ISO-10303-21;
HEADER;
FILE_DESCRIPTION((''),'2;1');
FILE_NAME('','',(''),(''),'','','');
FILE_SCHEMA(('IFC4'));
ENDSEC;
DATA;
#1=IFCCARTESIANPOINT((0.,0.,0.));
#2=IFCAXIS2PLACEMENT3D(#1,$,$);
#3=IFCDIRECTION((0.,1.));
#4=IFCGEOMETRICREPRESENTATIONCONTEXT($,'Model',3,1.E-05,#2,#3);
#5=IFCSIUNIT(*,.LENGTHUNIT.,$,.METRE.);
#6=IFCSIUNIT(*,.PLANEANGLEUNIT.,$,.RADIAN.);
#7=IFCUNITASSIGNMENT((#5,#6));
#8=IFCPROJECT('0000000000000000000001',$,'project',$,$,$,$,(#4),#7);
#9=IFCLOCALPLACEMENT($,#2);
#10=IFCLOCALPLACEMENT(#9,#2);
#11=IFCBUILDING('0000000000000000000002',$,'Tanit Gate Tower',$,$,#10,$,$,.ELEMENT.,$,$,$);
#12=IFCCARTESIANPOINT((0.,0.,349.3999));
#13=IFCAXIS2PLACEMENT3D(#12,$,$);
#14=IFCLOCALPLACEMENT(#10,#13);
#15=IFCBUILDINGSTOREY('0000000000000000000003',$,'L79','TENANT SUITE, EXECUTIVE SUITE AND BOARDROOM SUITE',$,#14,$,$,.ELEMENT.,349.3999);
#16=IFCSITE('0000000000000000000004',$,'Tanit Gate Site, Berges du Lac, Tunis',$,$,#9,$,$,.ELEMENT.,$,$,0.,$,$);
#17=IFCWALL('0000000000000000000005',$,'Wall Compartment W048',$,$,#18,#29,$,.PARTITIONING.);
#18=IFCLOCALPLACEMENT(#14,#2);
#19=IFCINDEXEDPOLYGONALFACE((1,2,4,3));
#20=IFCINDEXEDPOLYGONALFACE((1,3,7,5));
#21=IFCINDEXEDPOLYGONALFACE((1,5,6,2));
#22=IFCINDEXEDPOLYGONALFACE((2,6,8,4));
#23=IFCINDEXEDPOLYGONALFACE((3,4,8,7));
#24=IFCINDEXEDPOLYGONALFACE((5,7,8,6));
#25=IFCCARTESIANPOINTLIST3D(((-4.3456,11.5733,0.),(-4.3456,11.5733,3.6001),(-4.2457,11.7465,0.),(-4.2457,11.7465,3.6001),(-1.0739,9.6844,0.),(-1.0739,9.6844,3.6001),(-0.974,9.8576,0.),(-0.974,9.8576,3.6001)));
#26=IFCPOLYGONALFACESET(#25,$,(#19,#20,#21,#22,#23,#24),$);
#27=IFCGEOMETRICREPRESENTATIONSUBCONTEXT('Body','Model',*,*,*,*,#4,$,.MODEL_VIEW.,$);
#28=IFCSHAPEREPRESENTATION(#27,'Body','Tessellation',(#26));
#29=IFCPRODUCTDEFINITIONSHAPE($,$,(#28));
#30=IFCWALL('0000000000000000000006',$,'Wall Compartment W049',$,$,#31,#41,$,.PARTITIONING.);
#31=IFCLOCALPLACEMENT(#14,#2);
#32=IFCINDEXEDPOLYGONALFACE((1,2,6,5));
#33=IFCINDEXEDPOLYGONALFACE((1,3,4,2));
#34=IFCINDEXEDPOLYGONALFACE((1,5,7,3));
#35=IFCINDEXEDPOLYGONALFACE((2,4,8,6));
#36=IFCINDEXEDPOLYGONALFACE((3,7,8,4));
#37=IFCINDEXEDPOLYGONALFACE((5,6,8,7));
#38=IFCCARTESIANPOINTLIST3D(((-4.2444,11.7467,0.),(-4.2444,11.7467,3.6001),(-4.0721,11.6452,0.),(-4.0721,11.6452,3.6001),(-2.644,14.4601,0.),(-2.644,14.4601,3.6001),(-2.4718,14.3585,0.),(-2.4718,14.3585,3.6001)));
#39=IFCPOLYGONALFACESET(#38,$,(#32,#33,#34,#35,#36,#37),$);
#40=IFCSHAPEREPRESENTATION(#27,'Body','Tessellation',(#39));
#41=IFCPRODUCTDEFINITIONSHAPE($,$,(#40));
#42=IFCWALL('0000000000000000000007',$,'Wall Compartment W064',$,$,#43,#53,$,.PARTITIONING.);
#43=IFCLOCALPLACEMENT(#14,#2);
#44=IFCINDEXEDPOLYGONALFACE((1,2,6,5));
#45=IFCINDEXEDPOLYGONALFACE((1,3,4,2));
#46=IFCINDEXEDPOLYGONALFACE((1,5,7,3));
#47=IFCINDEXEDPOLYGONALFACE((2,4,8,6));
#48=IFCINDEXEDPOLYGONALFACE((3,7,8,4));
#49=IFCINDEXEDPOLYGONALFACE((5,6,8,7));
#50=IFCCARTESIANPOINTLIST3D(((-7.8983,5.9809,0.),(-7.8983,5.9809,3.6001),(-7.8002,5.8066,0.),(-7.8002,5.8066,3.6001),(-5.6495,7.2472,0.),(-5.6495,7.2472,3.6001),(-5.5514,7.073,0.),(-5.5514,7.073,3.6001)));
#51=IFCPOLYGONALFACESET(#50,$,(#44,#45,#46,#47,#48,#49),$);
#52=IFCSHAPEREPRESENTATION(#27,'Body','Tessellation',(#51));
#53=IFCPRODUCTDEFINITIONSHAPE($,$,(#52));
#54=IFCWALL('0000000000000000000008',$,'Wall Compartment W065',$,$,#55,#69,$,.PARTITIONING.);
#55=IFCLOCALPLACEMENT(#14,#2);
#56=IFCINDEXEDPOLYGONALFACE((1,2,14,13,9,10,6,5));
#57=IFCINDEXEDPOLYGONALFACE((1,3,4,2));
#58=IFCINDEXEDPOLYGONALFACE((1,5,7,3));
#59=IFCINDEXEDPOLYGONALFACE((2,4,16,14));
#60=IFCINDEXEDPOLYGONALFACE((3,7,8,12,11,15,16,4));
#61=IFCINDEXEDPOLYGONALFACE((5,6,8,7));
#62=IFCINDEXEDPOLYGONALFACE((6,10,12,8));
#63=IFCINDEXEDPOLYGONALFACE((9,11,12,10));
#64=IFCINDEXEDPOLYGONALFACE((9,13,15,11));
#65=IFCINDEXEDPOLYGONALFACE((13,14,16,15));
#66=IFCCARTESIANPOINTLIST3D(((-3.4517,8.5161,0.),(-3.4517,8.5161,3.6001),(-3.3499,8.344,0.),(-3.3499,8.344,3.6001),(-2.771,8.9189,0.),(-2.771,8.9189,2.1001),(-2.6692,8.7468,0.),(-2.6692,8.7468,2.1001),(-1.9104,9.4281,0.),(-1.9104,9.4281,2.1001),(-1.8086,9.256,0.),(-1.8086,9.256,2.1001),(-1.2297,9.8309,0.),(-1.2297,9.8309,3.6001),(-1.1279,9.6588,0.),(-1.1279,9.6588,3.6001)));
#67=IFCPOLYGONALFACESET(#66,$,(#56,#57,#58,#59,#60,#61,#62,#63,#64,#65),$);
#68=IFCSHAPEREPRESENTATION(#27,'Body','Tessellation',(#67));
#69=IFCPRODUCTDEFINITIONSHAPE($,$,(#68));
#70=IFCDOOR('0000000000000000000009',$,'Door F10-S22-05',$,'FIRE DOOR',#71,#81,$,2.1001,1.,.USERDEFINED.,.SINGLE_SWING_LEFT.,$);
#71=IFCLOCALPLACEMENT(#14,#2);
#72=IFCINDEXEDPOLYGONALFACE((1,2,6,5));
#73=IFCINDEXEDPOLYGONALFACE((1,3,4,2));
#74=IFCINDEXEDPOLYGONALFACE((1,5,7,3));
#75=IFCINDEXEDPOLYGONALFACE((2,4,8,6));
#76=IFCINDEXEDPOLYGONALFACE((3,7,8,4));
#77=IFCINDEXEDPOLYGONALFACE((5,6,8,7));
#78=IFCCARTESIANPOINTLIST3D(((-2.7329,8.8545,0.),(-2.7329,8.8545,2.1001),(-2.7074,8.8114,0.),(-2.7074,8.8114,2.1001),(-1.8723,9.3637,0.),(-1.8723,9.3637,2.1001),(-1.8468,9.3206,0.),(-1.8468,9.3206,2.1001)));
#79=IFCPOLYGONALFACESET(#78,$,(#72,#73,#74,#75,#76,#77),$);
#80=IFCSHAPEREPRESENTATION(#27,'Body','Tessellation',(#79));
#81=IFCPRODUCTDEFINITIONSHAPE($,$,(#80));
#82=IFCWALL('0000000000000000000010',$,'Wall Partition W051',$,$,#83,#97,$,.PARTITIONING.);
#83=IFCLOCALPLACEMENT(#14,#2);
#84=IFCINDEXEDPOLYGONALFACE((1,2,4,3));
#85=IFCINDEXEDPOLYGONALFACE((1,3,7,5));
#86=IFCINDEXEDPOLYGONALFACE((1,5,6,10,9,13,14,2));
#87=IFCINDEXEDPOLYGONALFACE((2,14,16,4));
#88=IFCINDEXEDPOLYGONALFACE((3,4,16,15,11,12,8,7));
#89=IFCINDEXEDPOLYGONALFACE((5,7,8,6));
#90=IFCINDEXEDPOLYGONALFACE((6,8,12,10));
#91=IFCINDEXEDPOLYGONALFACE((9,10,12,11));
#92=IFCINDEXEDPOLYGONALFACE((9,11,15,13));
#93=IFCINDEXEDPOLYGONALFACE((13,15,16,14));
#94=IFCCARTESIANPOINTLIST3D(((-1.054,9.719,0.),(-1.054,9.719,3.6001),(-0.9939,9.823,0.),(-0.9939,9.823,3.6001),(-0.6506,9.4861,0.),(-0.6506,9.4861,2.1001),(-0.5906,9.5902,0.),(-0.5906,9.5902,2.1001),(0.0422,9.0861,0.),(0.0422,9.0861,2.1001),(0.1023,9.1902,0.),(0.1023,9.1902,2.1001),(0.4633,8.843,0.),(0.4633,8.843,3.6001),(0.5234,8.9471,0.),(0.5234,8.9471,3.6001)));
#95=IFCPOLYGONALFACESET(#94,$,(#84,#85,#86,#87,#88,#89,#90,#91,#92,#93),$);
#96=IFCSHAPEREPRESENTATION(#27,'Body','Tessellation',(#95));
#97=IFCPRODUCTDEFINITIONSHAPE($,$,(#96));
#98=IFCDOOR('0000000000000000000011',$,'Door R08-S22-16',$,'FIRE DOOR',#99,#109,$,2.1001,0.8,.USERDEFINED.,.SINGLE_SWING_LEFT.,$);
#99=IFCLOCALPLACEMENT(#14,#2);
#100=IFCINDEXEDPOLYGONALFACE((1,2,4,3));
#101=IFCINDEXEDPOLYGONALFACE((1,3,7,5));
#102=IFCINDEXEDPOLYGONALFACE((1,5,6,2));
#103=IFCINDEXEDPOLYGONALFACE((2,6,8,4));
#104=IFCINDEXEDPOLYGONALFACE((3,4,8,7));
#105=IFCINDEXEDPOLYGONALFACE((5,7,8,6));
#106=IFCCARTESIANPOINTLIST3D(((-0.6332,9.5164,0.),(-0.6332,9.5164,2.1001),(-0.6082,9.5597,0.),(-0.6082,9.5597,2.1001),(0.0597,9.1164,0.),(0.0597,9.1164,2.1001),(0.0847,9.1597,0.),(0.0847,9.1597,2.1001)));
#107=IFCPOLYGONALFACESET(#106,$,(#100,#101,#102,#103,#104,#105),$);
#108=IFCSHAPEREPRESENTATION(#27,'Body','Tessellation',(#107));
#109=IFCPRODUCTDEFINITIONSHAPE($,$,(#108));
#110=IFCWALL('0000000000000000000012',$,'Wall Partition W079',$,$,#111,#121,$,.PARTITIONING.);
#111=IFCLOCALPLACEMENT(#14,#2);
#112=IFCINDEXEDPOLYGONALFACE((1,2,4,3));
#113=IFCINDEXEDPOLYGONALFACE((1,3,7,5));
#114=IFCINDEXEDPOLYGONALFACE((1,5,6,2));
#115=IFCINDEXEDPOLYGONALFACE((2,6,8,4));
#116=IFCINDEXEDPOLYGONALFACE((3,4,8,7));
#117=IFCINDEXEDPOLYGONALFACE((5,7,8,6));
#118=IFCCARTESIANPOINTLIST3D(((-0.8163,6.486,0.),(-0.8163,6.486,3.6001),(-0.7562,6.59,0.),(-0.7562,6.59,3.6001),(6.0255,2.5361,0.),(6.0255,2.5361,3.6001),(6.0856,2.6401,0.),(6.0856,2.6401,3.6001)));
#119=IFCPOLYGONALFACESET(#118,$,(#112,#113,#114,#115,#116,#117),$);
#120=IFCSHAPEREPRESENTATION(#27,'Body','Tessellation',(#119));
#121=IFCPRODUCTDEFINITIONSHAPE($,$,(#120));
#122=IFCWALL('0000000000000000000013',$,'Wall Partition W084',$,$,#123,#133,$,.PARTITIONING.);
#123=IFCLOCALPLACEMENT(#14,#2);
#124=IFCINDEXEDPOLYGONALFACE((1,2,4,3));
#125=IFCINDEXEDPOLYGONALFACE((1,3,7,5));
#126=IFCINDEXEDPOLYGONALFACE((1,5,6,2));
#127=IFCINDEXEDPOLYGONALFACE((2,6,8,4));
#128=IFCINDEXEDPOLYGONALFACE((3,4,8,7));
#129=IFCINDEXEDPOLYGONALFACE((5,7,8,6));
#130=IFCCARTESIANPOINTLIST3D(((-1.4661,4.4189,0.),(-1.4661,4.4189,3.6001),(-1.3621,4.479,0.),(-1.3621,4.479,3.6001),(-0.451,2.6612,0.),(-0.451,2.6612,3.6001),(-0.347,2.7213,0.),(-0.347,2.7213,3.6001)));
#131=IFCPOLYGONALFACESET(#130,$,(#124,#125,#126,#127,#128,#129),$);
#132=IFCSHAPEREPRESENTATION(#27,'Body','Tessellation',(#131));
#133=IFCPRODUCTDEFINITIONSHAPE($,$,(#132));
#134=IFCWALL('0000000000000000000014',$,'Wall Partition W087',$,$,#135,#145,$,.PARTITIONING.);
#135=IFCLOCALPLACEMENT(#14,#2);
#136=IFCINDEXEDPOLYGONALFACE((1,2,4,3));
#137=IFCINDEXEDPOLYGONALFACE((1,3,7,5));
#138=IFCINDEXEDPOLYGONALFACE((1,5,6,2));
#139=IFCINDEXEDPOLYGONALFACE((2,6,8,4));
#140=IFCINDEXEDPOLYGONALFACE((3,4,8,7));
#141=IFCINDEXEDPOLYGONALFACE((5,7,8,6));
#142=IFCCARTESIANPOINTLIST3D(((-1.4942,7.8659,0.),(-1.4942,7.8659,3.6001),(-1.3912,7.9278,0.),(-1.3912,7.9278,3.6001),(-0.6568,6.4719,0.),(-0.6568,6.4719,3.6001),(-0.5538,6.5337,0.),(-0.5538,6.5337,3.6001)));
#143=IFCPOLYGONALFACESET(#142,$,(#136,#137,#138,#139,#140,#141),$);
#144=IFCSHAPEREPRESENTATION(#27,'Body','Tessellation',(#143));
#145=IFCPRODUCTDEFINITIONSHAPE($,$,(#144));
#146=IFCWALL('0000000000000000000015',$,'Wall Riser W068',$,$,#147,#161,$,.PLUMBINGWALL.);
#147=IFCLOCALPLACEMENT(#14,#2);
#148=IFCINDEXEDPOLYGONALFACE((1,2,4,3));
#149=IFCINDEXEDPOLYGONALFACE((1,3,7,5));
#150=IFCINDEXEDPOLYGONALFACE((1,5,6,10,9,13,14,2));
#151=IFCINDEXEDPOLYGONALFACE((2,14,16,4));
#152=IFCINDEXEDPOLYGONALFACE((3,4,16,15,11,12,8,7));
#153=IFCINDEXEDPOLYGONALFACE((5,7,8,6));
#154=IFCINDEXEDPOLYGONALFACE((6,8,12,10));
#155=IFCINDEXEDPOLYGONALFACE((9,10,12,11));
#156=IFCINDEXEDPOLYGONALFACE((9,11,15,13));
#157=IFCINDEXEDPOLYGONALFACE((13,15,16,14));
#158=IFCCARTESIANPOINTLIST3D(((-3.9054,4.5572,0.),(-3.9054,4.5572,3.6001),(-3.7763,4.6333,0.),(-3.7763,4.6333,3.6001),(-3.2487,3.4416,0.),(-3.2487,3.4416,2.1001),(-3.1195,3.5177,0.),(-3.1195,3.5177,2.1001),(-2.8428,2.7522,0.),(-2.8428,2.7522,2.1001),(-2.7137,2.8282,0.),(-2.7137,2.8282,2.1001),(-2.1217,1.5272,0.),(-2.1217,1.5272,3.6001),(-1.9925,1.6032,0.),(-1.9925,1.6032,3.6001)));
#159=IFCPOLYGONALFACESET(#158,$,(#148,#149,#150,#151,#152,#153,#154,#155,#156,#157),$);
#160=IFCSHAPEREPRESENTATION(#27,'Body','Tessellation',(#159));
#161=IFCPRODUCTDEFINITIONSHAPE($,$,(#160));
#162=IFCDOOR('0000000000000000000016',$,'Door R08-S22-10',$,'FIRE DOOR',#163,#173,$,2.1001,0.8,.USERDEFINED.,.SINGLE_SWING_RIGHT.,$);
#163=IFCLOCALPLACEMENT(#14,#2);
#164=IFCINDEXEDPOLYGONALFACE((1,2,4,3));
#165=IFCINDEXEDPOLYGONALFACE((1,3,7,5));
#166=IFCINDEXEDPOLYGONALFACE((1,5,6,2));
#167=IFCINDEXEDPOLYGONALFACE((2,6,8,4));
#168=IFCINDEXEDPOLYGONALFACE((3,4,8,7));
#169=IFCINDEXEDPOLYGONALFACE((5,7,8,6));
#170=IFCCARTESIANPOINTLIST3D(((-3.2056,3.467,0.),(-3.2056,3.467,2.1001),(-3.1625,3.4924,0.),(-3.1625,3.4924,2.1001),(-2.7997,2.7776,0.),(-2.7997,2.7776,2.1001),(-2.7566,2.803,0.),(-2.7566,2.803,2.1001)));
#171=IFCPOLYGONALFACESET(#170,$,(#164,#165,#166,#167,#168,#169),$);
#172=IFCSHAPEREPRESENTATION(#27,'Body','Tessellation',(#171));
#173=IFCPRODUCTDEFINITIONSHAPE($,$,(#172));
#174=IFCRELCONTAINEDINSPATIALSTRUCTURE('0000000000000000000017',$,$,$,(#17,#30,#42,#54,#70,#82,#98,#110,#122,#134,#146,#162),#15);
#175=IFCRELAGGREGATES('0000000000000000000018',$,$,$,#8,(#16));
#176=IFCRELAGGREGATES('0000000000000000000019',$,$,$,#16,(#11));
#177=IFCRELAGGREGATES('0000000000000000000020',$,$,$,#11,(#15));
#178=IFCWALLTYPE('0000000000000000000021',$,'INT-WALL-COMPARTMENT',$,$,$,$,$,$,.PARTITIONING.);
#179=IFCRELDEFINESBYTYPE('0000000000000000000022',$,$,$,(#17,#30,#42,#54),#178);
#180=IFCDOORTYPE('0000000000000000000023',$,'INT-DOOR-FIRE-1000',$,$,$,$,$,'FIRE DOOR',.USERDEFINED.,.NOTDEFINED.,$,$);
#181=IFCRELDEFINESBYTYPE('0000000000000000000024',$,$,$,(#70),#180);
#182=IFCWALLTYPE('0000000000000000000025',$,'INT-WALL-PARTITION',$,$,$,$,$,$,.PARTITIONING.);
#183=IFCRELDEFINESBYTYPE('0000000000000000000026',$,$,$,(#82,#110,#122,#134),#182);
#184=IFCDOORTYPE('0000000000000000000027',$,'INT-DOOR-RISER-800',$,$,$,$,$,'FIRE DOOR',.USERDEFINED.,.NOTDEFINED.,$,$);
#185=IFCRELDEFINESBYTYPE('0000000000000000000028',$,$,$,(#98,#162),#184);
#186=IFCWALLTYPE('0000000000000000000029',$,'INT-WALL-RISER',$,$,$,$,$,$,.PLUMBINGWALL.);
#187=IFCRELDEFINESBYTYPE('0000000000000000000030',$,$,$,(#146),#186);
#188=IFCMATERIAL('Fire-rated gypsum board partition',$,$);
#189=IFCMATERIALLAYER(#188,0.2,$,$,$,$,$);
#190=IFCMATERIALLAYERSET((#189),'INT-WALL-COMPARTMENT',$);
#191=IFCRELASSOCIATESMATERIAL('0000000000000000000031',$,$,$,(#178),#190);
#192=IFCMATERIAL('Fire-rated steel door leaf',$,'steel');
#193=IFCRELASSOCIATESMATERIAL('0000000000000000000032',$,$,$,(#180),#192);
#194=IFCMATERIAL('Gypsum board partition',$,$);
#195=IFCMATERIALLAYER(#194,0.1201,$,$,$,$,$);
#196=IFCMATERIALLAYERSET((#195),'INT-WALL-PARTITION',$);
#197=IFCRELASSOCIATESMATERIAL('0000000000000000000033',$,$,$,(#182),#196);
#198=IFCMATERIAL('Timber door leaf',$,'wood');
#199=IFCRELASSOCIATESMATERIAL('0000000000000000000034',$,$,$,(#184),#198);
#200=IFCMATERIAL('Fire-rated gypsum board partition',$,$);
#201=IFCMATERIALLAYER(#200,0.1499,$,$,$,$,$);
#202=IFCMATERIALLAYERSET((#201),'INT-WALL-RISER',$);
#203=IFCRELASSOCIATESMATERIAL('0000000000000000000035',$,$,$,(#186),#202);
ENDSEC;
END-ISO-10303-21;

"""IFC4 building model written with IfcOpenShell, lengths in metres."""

from ifc_helpers import new_model, si_unit, direction, frame, frame_2d, origin, place, context, subcontext, project, spatial, rectangle, extrude, material, layer, layer_set, type_object, element, fill, save


model = new_model("IFC4")

# Units and contexts
model_context = context("Model", 3, precision=1e-05, world=origin(), true_north=direction((0.0, 1.0)))
body_context = subcontext(model_context, "Body", "Model", "MODEL_VIEW")
ifc_project = project(units=[si_unit("LENGTHUNIT", "METRE"), si_unit("PLANEANGLEUNIT", "RADIAN")], contexts=[model_context])

# Site, building, storey
site_placement = place(None, origin())
site = spatial("IfcSite", under=ifc_project, at=site_placement, Name="Tanit Gate Site, Berges du Lac, Tunis", CompositionType="ELEMENT", RefElevation=0.0)
building_placement = place(site_placement, origin())
building = spatial("IfcBuilding", under=site, at=building_placement, Name="Tanit Gate Tower", CompositionType="ELEMENT")
storey_placement = place(building_placement, frame((0.0, 0.0, 349.3999)))
storey = spatial("IfcBuildingStorey", under=building, at=storey_placement, Name="L79", Description="TENANT SUITE, EXECUTIVE SUITE AND BOARDROOM SUITE", CompositionType="ELEMENT", Elevation=349.3999)

# Walls
ifc_material_1 = material(Name="Fire-rated gypsum board partition")
ifc_layer_1 = layer(ifc_material_1, 0.2)
ifc_layer_set_1 = layer_set([ifc_layer_1], Name="INT-WALL-COMPARTMENT")
wall_type_1 = type_object("IfcWallType", Name="INT-WALL-COMPARTMENT", PredefinedType="PARTITIONING", material=ifc_layer_set_1)
wall_1_placement = place(storey_placement, frame((-4.2957, 11.6599, 0.0), z_axis=(0.0, 0.0, 1.0), x_axis=(0.866027, -0.499997, 0.0)))
element("IfcWall", 1, at=wall_1_placement, inside=storey, type_object=wall_type_1, Name="Wall Compartment W048", PredefinedType="PARTITIONING", context=body_context, shape_type="SweptSolid", body=[
    extrude(rectangle(XDim=3.7778, YDim=0.2, at=frame_2d((1.8889, 0.0))), origin(), (0.0, 0.0, 1.0), 3.6001),
])
wall_2_placement = place(storey_placement, frame((-2.5579, 14.4094, 0.0), z_axis=(0.0, 0.0, 1.0), x_axis=(-0.508019, -0.861346, 0.0)))
element("IfcWall", 2, at=wall_2_placement, inside=storey, type_object=wall_type_1, Name="Wall Compartment W049", PredefinedType="PARTITIONING", context=body_context, shape_type="SweptSolid", body=[
    extrude(rectangle(XDim=3.1501, YDim=0.2, at=frame_2d((1.5752, 0.0))), origin(), (0.0, 0.0, 1.0), 3.6001),
])
wall_3_placement = place(storey_placement, frame((-5.6003, 7.1602, 0.0), z_axis=(0.0, 0.0, 1.0), x_axis=(-0.87134, -0.490679, 0.0)))
element("IfcWall", 3, at=wall_3_placement, inside=storey, type_object=wall_type_1, Name="Wall Compartment W064", PredefinedType="PARTITIONING", context=body_context, shape_type="SweptSolid", body=[
    extrude(rectangle(XDim=2.5808, YDim=0.2, at=frame_2d((1.2905, 0.0))), origin(), (0.0, 0.0, 1.0), 3.6001),
])

# Walls, openings, doors
wall_4_placement = place(storey_placement, frame((-1.1787, 9.7449, 0.0), z_axis=(0.0, 0.0, 1.0), x_axis=(-0.860631, -0.509229, 0.0)))
wall_4 = element("IfcWall", 4, at=wall_4_placement, inside=storey, type_object=wall_type_1, Name="Wall Compartment W065", PredefinedType="PARTITIONING", context=body_context, shape_type="SweptSolid", body=[
    extrude(rectangle(XDim=2.5818, YDim=0.2, at=frame_2d((1.291, 0.0))), origin(), (0.0, 0.0, 1.0), 3.6001),
])
opening_1_placement = place(wall_4_placement, frame((0.791, 0.0, 0.0)))
opening_1 = element("IfcOpeningElement", 5, at=opening_1_placement, cuts=wall_4, PredefinedType="OPENING", context=body_context, shape_type="SweptSolid", body=[
    extrude(rectangle(XDim=1.0, YDim=2.1001, at=frame_2d((0.5, 1.05))), frame((0.0, 0.1099, 0.0), z_axis=(0.0, -1.0, 0.0), x_axis=(1.0, 0.0, 0.0)), (0.0, 0.0, 1.0), 0.22),
])
ifc_material_2 = material(Name="Fire-rated steel door leaf", Category="steel")
door_type_1 = type_object("IfcDoorType", Name="INT-DOOR-FIRE-1000", ElementType="FIRE DOOR", OperationType="NOTDEFINED", PredefinedType="USERDEFINED", material=ifc_material_2)
door_1_placement = place(opening_1_placement, origin())
door_1 = element("IfcDoor", 6, at=door_1_placement, inside=storey, type_object=door_type_1, Name="Door F10-S22-05", ObjectType="FIRE DOOR", OperationType="SINGLE_SWING_LEFT", OverallHeight=2.1001, OverallWidth=1.0, PredefinedType="USERDEFINED", context=body_context, shape_type="SweptSolid", body=[
    extrude(rectangle(XDim=1.0, YDim=2.1001, at=frame_2d((0.5, 1.05))), frame((0.0, 0.0249, 0.0), z_axis=(0.0, -1.0, 0.0), x_axis=(1.0, 0.0, 0.0)), (0.0, 0.0, 1.0), 0.05),
])
fill(opening_1, door_1)
ifc_material_3 = material(Name="Gypsum board partition")
ifc_layer_2 = layer(ifc_material_3, 0.1201)
ifc_layer_set_2 = layer_set([ifc_layer_2], Name="INT-WALL-PARTITION")
wall_type_2 = type_object("IfcWallType", Name="INT-WALL-PARTITION", PredefinedType="PARTITIONING", material=ifc_layer_set_2)
wall_5_placement = place(storey_placement, frame((-1.0239, 9.771, 0.0), z_axis=(0.0, 0.0, 1.0), x_axis=(0.866039, -0.499976, 0.0)))
wall_5 = element("IfcWall", 7, at=wall_5_placement, inside=storey, type_object=wall_type_2, Name="Wall Partition W051", PredefinedType="PARTITIONING", context=body_context, shape_type="SweptSolid", body=[
    extrude(rectangle(XDim=1.752, YDim=0.1201, at=frame_2d((0.876, 0.0))), origin(), (0.0, 0.0, 1.0), 3.6001),
])
opening_2_placement = place(wall_5_placement, frame((0.4658, 0.0, 0.0)))
opening_2 = element("IfcOpeningElement", 8, at=opening_2_placement, cuts=wall_5, PredefinedType="OPENING", context=body_context, shape_type="SweptSolid", body=[
    extrude(rectangle(XDim=0.8, YDim=2.1001, at=frame_2d((0.3999, 1.05))), frame((0.0, 0.0701, 0.0), z_axis=(0.0, -1.0, 0.0), x_axis=(1.0, 0.0, 0.0)), (0.0, 0.0, 1.0), 0.1401),
])
ifc_material_4 = material(Name="Timber door leaf", Category="wood")
door_type_2 = type_object("IfcDoorType", Name="INT-DOOR-RISER-800", ElementType="FIRE DOOR", OperationType="NOTDEFINED", PredefinedType="USERDEFINED", material=ifc_material_4)
door_2_placement = place(opening_2_placement, origin())
door_2 = element("IfcDoor", 9, at=door_2_placement, inside=storey, type_object=door_type_2, Name="Door R08-S22-16", ObjectType="FIRE DOOR", OperationType="SINGLE_SWING_LEFT", OverallHeight=2.1001, OverallWidth=0.8, PredefinedType="USERDEFINED", context=body_context, shape_type="SweptSolid", body=[
    extrude(rectangle(XDim=0.8, YDim=2.1001, at=frame_2d((0.3999, 1.05))), frame((0.0, 0.0249, 0.0), z_axis=(0.0, -1.0, 0.0), x_axis=(1.0, 0.0, 0.0)), (0.0, 0.0, 1.0), 0.05),
])
fill(opening_2, door_2)

# Walls
wall_6_placement = place(storey_placement, frame((-0.7864, 6.5381, 0.0), z_axis=(0.0, 0.0, 1.0), x_axis=(0.866034, -0.499985, 0.0)))
element("IfcWall", 10, at=wall_6_placement, inside=storey, type_object=wall_type_2, Name="Wall Partition W079", PredefinedType="PARTITIONING", context=body_context, shape_type="SweptSolid", body=[
    extrude(rectangle(XDim=7.9001, YDim=0.1201, at=frame_2d((3.9502, 0.0))), origin(), (0.0, 0.0, 1.0), 3.6001),
])
wall_7_placement = place(storey_placement, frame((-1.4141, 4.449, 0.0), z_axis=(0.0, 0.0, 1.0), x_axis=(0.500097, -0.865969, 0.0)))
element("IfcWall", 11, at=wall_7_placement, inside=storey, type_object=wall_type_2, Name="Wall Partition W084", PredefinedType="PARTITIONING", context=body_context, shape_type="SweptSolid", body=[
    extrude(rectangle(XDim=2.0298, YDim=0.1201, at=frame_2d((1.0149, 0.0))), origin(), (0.0, 0.0, 1.0), 3.6001),
])
wall_8_placement = place(storey_placement, frame((-1.4426, 7.8967, 0.0), z_axis=(0.0, 0.0, 1.0), x_axis=(0.514937, -0.857228, 0.0)))
element("IfcWall", 12, at=wall_8_placement, inside=storey, type_object=wall_type_2, Name="Wall Partition W087", PredefinedType="PARTITIONING", context=body_context, shape_type="SweptSolid", body=[
    extrude(rectangle(XDim=1.6262, YDim=0.1201, at=frame_2d((0.813, 0.0))), origin(), (0.0, 0.0, 1.0), 3.6001),
])

# Wall, opening, door
ifc_material_5 = material(Name="Fire-rated gypsum board partition")
ifc_layer_3 = layer(ifc_material_5, 0.1499)
ifc_layer_set_3 = layer_set([ifc_layer_3], Name="INT-WALL-RISER")
wall_type_3 = type_object("IfcWallType", Name="INT-WALL-RISER", PredefinedType="PLUMBINGWALL", material=ifc_layer_set_3)
wall_9_placement = place(storey_placement, frame((-2.0571, 1.5652, 0.0), z_axis=(0.0, 0.0, 1.0), x_axis=(-0.507299, 0.86177, 0.0)))
wall_9 = element("IfcWall", 13, at=wall_9_placement, inside=storey, type_object=wall_type_3, Name="Wall Riser W068", PredefinedType="PLUMBINGWALL", context=body_context, shape_type="SweptSolid", body=[
    extrude(rectangle(XDim=3.5161, YDim=0.1499, at=frame_2d((1.7581, 0.0))), origin(), (0.0, 0.0, 1.0), 3.6001),
])
opening_3_placement = place(wall_9_placement, frame((1.4216, 0.0, 0.0)))
opening_3 = element("IfcOpeningElement", 14, at=opening_3_placement, cuts=wall_9, PredefinedType="OPENING", context=body_context, shape_type="SweptSolid", body=[
    extrude(rectangle(XDim=0.8, YDim=2.1001, at=frame_2d((0.3999, 1.05))), frame((0.0, 0.085, 0.0), z_axis=(0.0, -1.0, 0.0), x_axis=(1.0, 0.0, 0.0)), (0.0, 0.0, 1.0), 0.1699),
])
door_3_placement = place(opening_3_placement, origin())
door_3 = element("IfcDoor", 15, at=door_3_placement, inside=storey, type_object=door_type_2, Name="Door R08-S22-10", ObjectType="FIRE DOOR", OperationType="SINGLE_SWING_RIGHT", OverallHeight=2.1001, OverallWidth=0.8, PredefinedType="USERDEFINED", context=body_context, shape_type="SweptSolid", body=[
    extrude(rectangle(XDim=0.8, YDim=2.1001, at=frame_2d((0.3999, 1.05))), frame((0.0, 0.0249, 0.0), z_axis=(0.0, -1.0, 0.0), x_axis=(1.0, 0.0, 0.0)), (0.0, 0.0, 1.0), 0.05),
])
fill(opening_3, door_3)

save(model, "model.ifc")
